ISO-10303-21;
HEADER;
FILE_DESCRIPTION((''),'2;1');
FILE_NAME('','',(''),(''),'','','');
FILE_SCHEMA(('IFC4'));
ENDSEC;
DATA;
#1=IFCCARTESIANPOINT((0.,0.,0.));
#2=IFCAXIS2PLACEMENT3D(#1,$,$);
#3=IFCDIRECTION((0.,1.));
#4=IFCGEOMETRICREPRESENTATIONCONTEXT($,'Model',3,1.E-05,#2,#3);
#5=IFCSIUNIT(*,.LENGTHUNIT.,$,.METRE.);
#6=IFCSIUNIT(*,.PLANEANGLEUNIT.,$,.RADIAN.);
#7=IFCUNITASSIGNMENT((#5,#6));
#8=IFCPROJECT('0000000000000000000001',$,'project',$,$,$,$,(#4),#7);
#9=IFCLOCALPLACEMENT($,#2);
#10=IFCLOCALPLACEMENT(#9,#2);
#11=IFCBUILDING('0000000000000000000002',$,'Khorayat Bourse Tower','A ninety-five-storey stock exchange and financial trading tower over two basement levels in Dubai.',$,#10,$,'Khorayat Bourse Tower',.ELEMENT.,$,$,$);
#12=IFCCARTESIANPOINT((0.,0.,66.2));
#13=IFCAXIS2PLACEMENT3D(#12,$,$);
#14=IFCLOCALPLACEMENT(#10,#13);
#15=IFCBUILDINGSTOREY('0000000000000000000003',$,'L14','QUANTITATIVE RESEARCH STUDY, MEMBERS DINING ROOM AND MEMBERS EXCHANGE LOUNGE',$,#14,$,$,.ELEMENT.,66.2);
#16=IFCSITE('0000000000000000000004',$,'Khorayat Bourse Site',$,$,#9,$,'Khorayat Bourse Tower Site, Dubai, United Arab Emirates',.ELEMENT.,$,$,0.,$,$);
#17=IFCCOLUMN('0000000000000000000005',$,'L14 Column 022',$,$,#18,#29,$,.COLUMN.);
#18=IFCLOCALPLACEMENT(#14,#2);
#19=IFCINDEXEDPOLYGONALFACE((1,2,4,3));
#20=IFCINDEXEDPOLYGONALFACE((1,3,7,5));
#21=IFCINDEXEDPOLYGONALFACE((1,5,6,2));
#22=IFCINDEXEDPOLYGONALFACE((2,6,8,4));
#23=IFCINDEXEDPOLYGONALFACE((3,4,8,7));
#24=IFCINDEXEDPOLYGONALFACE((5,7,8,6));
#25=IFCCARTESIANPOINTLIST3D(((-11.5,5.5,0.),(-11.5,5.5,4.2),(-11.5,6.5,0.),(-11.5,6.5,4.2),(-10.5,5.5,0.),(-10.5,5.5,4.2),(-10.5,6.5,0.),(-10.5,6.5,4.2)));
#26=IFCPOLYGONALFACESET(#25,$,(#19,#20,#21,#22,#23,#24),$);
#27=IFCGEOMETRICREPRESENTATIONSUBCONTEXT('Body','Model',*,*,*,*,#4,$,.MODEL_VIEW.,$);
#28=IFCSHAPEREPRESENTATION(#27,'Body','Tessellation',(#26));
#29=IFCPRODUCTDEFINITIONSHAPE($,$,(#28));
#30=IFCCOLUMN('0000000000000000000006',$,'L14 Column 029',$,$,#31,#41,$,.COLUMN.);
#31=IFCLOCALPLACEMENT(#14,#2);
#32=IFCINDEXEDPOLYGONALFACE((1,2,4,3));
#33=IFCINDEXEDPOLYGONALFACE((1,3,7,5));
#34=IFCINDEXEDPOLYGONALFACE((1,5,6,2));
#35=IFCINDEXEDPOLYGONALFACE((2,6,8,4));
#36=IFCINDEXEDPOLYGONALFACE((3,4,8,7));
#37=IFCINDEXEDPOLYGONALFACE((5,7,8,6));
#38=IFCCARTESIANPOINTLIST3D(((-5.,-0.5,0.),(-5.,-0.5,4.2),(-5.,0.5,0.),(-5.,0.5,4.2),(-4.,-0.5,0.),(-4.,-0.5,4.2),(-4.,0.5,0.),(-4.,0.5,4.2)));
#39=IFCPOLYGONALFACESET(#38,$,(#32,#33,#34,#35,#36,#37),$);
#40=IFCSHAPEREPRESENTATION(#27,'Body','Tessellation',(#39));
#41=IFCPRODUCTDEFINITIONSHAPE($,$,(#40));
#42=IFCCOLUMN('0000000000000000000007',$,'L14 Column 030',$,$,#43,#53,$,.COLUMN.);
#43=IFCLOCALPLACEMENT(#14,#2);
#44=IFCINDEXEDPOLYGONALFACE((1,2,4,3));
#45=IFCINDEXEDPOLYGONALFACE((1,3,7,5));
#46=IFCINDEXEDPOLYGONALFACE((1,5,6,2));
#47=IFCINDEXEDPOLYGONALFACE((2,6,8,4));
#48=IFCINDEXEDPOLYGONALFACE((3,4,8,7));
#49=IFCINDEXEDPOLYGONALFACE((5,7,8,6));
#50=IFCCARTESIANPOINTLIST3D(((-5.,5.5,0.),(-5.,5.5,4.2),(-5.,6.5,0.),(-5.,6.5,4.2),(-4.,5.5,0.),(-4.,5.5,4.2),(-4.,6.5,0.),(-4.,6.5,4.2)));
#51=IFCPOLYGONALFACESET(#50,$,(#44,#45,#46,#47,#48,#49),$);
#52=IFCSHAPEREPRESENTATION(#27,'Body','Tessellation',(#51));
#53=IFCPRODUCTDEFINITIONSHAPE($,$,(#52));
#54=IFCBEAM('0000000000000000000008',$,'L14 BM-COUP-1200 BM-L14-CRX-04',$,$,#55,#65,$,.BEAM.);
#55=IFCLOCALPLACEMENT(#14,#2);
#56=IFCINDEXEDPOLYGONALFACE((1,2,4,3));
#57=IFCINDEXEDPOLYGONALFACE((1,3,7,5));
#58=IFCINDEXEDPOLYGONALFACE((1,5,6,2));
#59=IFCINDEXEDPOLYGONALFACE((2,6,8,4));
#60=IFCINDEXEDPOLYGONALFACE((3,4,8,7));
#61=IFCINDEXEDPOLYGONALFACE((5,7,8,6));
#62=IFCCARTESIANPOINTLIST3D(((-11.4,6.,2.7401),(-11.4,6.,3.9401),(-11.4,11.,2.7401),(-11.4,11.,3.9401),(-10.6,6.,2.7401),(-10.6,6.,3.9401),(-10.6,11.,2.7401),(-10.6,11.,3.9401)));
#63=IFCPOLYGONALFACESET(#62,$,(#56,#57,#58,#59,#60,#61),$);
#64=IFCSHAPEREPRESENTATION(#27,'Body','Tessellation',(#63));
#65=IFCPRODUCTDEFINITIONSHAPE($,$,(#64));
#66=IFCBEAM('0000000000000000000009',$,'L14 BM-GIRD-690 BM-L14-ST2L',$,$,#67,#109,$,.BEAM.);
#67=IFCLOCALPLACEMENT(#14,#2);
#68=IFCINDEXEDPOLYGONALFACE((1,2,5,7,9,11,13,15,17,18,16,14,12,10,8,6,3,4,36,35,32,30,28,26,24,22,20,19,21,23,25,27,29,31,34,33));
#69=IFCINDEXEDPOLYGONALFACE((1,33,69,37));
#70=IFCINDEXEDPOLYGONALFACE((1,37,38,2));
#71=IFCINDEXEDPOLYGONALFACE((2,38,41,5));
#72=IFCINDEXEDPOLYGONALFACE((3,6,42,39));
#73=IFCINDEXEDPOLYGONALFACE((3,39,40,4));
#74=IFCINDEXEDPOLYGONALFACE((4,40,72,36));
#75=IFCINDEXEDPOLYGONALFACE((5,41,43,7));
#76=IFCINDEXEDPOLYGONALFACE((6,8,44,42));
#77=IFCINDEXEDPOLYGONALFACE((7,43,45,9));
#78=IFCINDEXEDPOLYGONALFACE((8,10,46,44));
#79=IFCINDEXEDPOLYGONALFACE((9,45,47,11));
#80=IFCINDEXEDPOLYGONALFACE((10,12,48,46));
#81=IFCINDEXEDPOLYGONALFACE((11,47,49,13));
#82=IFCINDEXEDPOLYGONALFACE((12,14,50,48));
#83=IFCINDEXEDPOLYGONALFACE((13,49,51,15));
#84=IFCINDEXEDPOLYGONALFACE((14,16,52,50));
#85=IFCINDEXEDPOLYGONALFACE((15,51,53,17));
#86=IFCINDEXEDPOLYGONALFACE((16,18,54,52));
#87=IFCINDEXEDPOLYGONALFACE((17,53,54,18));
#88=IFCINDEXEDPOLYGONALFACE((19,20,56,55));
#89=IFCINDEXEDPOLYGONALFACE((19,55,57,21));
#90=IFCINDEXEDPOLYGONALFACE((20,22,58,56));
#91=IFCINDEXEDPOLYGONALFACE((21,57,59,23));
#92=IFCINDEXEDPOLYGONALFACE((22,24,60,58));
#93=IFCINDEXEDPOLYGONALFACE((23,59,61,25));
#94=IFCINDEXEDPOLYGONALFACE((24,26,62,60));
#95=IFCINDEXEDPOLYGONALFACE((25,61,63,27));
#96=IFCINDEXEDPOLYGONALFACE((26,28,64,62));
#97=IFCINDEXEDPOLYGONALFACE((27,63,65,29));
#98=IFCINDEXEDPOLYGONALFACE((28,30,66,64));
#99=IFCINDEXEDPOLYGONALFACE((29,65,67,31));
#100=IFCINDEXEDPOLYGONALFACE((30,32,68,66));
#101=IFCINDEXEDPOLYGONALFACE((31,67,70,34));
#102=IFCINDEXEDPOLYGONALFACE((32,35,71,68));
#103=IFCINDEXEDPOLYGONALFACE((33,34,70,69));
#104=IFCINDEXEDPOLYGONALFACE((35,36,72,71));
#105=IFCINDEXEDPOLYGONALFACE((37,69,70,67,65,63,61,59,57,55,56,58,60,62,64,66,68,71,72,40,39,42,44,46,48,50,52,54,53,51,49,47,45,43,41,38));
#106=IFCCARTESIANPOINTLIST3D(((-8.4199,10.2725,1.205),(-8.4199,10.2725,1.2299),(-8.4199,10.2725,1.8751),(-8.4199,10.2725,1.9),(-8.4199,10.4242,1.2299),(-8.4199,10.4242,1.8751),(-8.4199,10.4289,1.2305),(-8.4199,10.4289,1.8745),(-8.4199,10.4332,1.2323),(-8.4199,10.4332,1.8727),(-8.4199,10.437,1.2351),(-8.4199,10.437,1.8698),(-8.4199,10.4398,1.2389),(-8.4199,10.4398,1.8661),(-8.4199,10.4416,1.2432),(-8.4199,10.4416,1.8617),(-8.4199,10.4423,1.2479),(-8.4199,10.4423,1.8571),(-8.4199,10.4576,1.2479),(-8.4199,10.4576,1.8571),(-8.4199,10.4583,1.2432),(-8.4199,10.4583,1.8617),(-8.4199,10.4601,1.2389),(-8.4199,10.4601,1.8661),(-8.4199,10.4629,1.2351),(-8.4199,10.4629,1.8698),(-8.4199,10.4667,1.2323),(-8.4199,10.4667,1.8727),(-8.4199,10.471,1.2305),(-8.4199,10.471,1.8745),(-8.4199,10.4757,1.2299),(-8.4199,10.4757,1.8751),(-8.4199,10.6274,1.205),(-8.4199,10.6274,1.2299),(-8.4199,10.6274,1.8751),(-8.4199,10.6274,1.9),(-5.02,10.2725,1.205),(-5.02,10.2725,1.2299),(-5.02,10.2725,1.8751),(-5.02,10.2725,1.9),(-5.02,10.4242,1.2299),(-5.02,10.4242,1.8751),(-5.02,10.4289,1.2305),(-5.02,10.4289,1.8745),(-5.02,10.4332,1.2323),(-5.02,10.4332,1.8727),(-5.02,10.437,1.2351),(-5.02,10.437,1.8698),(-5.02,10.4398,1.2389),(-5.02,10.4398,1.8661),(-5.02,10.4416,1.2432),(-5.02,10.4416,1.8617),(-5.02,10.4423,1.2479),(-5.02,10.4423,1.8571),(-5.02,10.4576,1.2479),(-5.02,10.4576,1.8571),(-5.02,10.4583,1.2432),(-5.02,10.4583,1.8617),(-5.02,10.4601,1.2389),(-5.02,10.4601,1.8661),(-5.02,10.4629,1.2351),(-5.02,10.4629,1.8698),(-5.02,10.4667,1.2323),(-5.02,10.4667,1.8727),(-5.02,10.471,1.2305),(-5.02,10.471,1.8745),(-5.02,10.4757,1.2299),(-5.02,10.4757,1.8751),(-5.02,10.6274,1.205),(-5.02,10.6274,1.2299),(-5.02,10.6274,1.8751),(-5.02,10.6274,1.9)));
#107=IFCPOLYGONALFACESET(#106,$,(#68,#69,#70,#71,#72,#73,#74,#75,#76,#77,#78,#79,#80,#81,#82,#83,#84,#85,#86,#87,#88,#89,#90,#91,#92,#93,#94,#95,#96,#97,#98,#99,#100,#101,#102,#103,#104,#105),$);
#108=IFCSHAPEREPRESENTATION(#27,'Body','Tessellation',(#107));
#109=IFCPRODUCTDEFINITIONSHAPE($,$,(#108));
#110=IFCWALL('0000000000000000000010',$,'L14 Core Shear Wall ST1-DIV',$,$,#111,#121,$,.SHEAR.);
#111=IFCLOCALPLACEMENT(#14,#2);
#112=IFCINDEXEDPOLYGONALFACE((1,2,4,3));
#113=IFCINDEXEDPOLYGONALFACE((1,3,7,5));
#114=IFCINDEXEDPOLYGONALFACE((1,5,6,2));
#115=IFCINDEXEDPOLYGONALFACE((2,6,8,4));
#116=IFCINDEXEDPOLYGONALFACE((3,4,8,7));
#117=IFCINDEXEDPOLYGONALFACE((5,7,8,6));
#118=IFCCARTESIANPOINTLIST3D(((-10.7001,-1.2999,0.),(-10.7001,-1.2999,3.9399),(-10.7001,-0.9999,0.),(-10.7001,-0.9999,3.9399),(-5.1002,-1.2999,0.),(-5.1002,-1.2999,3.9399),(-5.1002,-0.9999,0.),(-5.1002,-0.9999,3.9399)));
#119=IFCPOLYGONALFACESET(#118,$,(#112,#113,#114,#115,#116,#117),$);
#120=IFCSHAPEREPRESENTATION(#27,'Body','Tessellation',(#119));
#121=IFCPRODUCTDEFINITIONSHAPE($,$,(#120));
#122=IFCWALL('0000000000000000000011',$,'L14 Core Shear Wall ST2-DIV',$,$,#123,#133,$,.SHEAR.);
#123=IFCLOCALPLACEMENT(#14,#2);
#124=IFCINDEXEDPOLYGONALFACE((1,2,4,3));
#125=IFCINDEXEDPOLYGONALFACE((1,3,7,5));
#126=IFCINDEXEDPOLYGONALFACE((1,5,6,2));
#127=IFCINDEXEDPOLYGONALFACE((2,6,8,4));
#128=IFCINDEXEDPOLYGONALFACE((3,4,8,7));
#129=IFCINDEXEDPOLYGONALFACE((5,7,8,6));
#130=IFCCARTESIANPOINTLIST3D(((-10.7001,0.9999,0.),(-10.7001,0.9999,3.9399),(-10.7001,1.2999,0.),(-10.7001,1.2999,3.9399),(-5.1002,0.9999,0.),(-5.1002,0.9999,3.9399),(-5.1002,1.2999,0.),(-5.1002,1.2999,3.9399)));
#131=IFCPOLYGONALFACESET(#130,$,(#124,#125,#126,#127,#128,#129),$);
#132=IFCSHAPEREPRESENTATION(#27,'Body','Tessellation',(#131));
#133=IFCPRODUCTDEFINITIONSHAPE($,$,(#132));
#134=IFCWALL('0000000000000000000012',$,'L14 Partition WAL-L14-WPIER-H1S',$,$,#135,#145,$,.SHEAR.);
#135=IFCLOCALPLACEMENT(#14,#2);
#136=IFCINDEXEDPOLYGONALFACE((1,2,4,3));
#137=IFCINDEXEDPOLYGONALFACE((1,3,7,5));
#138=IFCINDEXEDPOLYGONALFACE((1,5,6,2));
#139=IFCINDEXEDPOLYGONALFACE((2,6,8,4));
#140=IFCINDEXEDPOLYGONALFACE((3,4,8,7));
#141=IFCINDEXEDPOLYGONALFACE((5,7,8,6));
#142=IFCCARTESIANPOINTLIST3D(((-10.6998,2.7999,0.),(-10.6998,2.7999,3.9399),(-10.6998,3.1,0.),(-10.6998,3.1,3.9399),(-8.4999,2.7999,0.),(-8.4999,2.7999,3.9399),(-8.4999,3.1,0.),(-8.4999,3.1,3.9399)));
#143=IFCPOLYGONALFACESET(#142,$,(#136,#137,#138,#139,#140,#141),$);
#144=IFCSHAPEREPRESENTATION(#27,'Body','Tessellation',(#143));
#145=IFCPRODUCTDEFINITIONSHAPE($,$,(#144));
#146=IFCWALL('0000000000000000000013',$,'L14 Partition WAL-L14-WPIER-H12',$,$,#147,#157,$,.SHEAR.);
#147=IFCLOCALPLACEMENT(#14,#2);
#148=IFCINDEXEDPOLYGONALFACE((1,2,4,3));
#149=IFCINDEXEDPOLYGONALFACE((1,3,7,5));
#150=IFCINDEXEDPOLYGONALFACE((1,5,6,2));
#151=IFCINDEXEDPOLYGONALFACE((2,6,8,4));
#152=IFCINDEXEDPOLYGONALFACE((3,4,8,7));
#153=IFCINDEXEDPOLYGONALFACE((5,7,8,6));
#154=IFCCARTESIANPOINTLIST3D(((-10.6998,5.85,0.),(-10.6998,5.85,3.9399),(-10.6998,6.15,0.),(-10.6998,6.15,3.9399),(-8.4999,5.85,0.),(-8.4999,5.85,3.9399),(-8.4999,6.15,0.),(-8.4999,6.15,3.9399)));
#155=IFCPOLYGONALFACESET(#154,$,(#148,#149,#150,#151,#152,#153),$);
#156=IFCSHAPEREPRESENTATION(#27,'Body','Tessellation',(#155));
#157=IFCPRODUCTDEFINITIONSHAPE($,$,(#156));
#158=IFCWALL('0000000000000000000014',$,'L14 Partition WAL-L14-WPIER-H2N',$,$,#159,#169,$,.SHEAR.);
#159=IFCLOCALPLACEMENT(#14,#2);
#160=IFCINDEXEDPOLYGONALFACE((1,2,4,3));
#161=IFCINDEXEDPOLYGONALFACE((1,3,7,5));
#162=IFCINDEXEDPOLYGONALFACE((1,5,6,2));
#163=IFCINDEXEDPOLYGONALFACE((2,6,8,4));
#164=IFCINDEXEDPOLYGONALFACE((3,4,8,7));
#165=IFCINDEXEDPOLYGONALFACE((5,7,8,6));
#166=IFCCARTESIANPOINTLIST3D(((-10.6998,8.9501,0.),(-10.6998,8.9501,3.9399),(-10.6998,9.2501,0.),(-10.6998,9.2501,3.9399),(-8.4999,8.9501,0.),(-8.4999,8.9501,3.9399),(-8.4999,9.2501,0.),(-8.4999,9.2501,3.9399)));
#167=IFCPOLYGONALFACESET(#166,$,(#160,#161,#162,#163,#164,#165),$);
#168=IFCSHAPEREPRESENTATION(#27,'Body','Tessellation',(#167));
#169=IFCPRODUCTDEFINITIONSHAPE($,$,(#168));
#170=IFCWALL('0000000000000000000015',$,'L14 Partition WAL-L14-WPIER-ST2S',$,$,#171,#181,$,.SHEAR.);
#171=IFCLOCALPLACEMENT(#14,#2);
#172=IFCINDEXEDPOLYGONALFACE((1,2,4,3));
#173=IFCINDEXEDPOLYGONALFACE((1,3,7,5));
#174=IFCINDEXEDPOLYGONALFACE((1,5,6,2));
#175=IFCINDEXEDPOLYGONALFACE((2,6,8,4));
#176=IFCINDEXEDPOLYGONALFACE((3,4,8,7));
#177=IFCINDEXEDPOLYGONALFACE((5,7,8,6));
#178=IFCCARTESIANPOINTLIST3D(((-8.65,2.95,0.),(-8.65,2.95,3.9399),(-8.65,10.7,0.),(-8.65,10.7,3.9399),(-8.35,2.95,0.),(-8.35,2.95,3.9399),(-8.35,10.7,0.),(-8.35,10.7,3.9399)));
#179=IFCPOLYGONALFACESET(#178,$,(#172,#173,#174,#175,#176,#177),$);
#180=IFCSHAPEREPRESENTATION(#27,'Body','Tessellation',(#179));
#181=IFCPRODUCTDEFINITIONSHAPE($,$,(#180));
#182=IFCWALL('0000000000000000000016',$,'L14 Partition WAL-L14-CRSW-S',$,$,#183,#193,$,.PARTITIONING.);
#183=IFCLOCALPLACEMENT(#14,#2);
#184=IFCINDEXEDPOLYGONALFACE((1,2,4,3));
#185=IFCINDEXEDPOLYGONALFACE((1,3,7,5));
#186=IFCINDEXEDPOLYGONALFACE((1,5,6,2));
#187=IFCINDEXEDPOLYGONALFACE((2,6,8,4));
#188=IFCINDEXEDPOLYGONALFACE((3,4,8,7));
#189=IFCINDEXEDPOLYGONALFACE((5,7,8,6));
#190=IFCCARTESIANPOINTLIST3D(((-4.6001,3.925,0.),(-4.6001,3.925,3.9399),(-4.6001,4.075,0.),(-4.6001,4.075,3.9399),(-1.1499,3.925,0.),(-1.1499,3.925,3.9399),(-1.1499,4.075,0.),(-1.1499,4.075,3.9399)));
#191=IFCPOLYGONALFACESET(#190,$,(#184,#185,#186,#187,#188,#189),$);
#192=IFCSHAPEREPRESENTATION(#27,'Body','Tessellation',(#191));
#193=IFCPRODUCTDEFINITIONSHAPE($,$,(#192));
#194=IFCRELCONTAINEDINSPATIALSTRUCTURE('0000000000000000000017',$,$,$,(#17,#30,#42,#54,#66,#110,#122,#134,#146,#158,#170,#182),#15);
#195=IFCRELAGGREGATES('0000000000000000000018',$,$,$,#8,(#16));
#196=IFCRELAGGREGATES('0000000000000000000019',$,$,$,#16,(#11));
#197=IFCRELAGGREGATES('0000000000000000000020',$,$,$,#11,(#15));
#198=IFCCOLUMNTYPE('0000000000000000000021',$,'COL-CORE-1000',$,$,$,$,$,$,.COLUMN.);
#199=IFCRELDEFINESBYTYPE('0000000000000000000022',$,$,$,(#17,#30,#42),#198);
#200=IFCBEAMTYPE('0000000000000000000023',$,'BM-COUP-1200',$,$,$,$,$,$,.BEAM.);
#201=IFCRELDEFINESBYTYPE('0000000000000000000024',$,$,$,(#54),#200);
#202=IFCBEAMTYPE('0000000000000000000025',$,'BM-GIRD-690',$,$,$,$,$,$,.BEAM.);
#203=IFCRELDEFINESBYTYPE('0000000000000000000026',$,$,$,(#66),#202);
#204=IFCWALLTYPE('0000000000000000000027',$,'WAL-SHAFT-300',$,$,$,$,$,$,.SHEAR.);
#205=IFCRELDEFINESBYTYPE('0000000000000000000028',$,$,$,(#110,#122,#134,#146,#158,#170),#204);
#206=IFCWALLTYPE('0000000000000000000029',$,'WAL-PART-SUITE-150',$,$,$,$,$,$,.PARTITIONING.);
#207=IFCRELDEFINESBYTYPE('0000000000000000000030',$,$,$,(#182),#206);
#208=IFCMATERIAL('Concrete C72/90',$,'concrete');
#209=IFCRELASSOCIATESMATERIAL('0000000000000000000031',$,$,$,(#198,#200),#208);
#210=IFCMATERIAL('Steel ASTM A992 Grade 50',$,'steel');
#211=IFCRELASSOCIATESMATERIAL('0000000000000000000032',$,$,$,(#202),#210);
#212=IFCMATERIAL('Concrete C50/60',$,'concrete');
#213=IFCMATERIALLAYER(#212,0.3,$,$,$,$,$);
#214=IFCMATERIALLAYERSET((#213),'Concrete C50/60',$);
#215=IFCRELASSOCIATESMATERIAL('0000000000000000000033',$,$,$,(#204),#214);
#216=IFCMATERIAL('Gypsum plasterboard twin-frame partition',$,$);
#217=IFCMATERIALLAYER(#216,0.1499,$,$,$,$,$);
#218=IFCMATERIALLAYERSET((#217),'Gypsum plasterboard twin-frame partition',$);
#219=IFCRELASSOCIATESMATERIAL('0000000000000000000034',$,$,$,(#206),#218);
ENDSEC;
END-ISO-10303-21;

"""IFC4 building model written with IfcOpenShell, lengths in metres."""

from ifc_helpers import new_model, si_unit, direction, frame, frame_2d, origin, origin_2d, place, context, subcontext, project, spatial, rectangle, i_section, extrude, source, transform, mapped, material, layer, layer_set, material_profile, profile_set, type_object, element, save


model = new_model("IFC4")

# Units and contexts
model_context = context("Model", 3, precision=1e-05, world=origin(), true_north=direction((0.0, 1.0)))
body_context = subcontext(model_context, "Body", "Model", "MODEL_VIEW")
ifc_project = project(units=[si_unit("LENGTHUNIT", "METRE"), si_unit("PLANEANGLEUNIT", "RADIAN")], contexts=[model_context])

# Site, building, storey
site_placement = place(None, origin())
site = spatial("IfcSite", under=ifc_project, at=site_placement, Name="Khorayat Bourse Site", LongName="Khorayat Bourse Tower Site, Dubai, United Arab Emirates", CompositionType="ELEMENT", RefElevation=0.0)
building_placement = place(site_placement, origin())
building = spatial("IfcBuilding", under=site, at=building_placement, Name="Khorayat Bourse Tower", Description="A ninety-five-storey stock exchange and financial trading tower over two basement levels in Dubai.", LongName="Khorayat Bourse Tower", CompositionType="ELEMENT")
storey_placement = place(building_placement, frame((0.0, 0.0, 66.2)))
storey = spatial("IfcBuildingStorey", under=building, at=storey_placement, Name="L14", Description="QUANTITATIVE RESEARCH STUDY, MEMBERS DINING ROOM AND MEMBERS EXCHANGE LOUNGE", CompositionType="ELEMENT", Elevation=66.2)

# Columns
ifc_material_1 = material(Name="Concrete C72/90", Category="concrete")
ifc_material_profile_1 = material_profile(ifc_material_1, rectangle(XDim=1.0, YDim=1.0, at=origin_2d()), Name="RC 1000x1000")
ifc_profile_set_1 = profile_set([ifc_material_profile_1], Name="Concrete C72/90")
column_type = type_object("IfcColumnType", Name="COL-CORE-1000", PredefinedType="COLUMN", material=ifc_profile_set_1)
shared_shape_1 = source(origin(), body_context, "Body", "SweptSolid", [
    extrude(rectangle(XDim=1.0, YDim=1.0, at=origin_2d()), origin(), (0.0, 0.0, 1.0), 4.2),
])
for number, where, z_axis, x_axis, name in (
    (1, (-11.0, 6.0, 0.0), (0.0, 0.0, 1.0), (1.0, 0.0, 0.0), "L14 Column 022"),
    (2, (-4.5, 0.0, 0.0), (0.0, 0.0, 1.0), (1.0, 0.0, 0.0), "L14 Column 029"),
    (3, (-4.5, 6.0, 0.0), (0.0, 0.0, 1.0), (1.0, 0.0, 0.0), "L14 Column 030"),
):
    element("IfcColumn", number, at=place(storey_placement, frame(where, z_axis=z_axis, x_axis=x_axis)), inside=storey, type_object=column_type, Name=name, PredefinedType="COLUMN", context=body_context, shape_type="MappedRepresentation", body=[
        mapped(shared_shape_1, transform((0.0, 0.0, 0.0), scale=1.0)),
    ])

# Beams
ifc_material_profile_2 = material_profile(ifc_material_1, rectangle(XDim=0.8, YDim=1.2, at=origin_2d()), Name="RC 800x1200")
ifc_profile_set_2 = profile_set([ifc_material_profile_2], Name="Concrete C72/90")
beam_type_1 = type_object("IfcBeamType", Name="BM-COUP-1200", PredefinedType="BEAM", material=ifc_profile_set_2)
shared_shape_2 = source(origin(), body_context, "Body", "SweptSolid", [
    extrude(rectangle(XDim=0.8, YDim=1.2, at=origin_2d()), origin(), (0.0, 0.0, 1.0), 5.0),
])
beam_1_placement = place(storey_placement, frame((-11.0, 6.0, 3.3401), z_axis=(0.0, 1.0, 0.0), x_axis=(-1.0, 0.0, 0.0)))
element("IfcBeam", 4, at=beam_1_placement, inside=storey, type_object=beam_type_1, Name="L14 BM-COUP-1200 BM-L14-CRX-04", PredefinedType="BEAM", context=body_context, shape_type="MappedRepresentation", body=[
    mapped(shared_shape_2, transform((0.0, 0.0, 0.0), scale=1.0)),
])
ifc_material_2 = material(Name="Steel ASTM A992 Grade 50", Category="steel")
ifc_material_profile_3 = material_profile(ifc_material_2, i_section(OverallWidth=0.355, OverallDepth=0.6951, WebThickness=0.0154, FlangeThickness=0.0249, FilletRadius=0.0181, at=origin_2d()), Name="W690X217")
ifc_profile_set_3 = profile_set([ifc_material_profile_3], Name="Steel ASTM A992 Grade 50")
beam_type_2 = type_object("IfcBeamType", Name="BM-GIRD-690", PredefinedType="BEAM", material=ifc_profile_set_3)
shared_shape_3 = source(origin(), body_context, "Body", "SweptSolid", [
    extrude(i_section(OverallWidth=0.355, OverallDepth=0.6951, WebThickness=0.0154, FlangeThickness=0.0249, FilletRadius=0.0181, at=origin_2d()), origin(), (0.0, 0.0, 1.0), 3.3999),
])
beam_2_placement = place(storey_placement, frame((-8.4199, 10.45, 1.5525), z_axis=(1.0, 0.0, 0.0), x_axis=(0.0, 1.0, 0.0)))
element("IfcBeam", 5, at=beam_2_placement, inside=storey, type_object=beam_type_2, Name="L14 BM-GIRD-690 BM-L14-ST2L", PredefinedType="BEAM", context=body_context, shape_type="MappedRepresentation", body=[
    mapped(shared_shape_3, transform((0.0, 0.0, 0.0), scale=1.0)),
])

# Walls
ifc_material_3 = material(Name="Concrete C50/60", Category="concrete")
ifc_layer_1 = layer(ifc_material_3, 0.3)
ifc_layer_set_1 = layer_set([ifc_layer_1], Name="Concrete C50/60")
wall_type_1 = type_object("IfcWallType", Name="WAL-SHAFT-300", PredefinedType="SHEAR", material=ifc_layer_set_1)
shared_shape_4 = source(origin(), body_context, "Body", "SweptSolid", [
    extrude(rectangle(XDim=5.5999, YDim=0.3, at=frame_2d((2.7998, 0.0))), origin(), (0.0, 0.0, 1.0), 3.9399),
])
for number, where, z_axis, x_axis, name in (
    (6, (-10.7, -1.1499, 0.0), (0.0, 0.0, 1.0), (1.0, 0.0, 0.0), "L14 Core Shear Wall ST1-DIV"),
    (7, (-10.7, 1.1499, 0.0), (0.0, 0.0, 1.0), (1.0, 0.0, 0.0), "L14 Core Shear Wall ST2-DIV"),
):
    element("IfcWall", number, at=place(storey_placement, frame(where, z_axis=z_axis, x_axis=x_axis)), inside=storey, type_object=wall_type_1, Name=name, PredefinedType="SHEAR", context=body_context, shape_type="MappedRepresentation", body=[
        mapped(shared_shape_4, transform((0.0, 0.0, 0.0), scale=1.0)),
    ])
shared_shape_5 = source(origin(), body_context, "Body", "SweptSolid", [
    extrude(rectangle(XDim=2.2, YDim=0.3, at=frame_2d((1.1001, 0.0))), origin(), (0.0, 0.0, 1.0), 3.9399),
])
for number, where, z_axis, x_axis, name in (
    (8, (-10.7, 2.95, 0.0), (0.0, 0.0, 1.0), (1.0, 0.0, 0.0), "L14 Partition WAL-L14-WPIER-H1S"),
    (9, (-10.7, 6.0, 0.0), (0.0, 0.0, 1.0), (1.0, 0.0, 0.0), "L14 Partition WAL-L14-WPIER-H12"),
    (10, (-10.7, 9.1001, 0.0), (0.0, 0.0, 1.0), (1.0, 0.0, 0.0), "L14 Partition WAL-L14-WPIER-H2N"),
):
    element("IfcWall", number, at=place(storey_placement, frame(where, z_axis=z_axis, x_axis=x_axis)), inside=storey, type_object=wall_type_1, Name=name, PredefinedType="SHEAR", context=body_context, shape_type="MappedRepresentation", body=[
        mapped(shared_shape_5, transform((0.0, 0.0, 0.0), scale=1.0)),
    ])
shared_shape_6 = source(origin(), body_context, "Body", "SweptSolid", [
    extrude(rectangle(XDim=7.75, YDim=0.3, at=frame_2d((3.875, 0.0))), origin(), (0.0, 0.0, 1.0), 3.9399),
])
wall_1_placement = place(storey_placement, frame((-8.5, 2.95, 0.0), z_axis=(0.0, 0.0, 1.0), x_axis=(0.0, 1.0, 0.0)))
element("IfcWall", 11, at=wall_1_placement, inside=storey, type_object=wall_type_1, Name="L14 Partition WAL-L14-WPIER-ST2S", PredefinedType="SHEAR", context=body_context, shape_type="MappedRepresentation", body=[
    mapped(shared_shape_6, transform((0.0, 0.0, 0.0), scale=1.0)),
])
ifc_material_4 = material(Name="Gypsum plasterboard twin-frame partition")
ifc_layer_2 = layer(ifc_material_4, 0.1499)
ifc_layer_set_2 = layer_set([ifc_layer_2], Name="Gypsum plasterboard twin-frame partition")
wall_type_2 = type_object("IfcWallType", Name="WAL-PART-SUITE-150", PredefinedType="PARTITIONING", material=ifc_layer_set_2)
shared_shape_7 = source(origin(), body_context, "Body", "SweptSolid", [
    extrude(rectangle(XDim=3.4502, YDim=0.1499, at=frame_2d((1.7251, 0.0))), origin(), (0.0, 0.0, 1.0), 3.9399),
])
wall_2_placement = place(storey_placement, frame((-4.6001, 4.0, 0.0), z_axis=(0.0, 0.0, 1.0), x_axis=(1.0, 0.0, 0.0)))
element("IfcWall", 12, at=wall_2_placement, inside=storey, type_object=wall_type_2, Name="L14 Partition WAL-L14-CRSW-S", PredefinedType="PARTITIONING", context=body_context, shape_type="MappedRepresentation", body=[
    mapped(shared_shape_7, transform((0.0, 0.0, 0.0), scale=1.0)),
])

save(model, "model.ifc")
